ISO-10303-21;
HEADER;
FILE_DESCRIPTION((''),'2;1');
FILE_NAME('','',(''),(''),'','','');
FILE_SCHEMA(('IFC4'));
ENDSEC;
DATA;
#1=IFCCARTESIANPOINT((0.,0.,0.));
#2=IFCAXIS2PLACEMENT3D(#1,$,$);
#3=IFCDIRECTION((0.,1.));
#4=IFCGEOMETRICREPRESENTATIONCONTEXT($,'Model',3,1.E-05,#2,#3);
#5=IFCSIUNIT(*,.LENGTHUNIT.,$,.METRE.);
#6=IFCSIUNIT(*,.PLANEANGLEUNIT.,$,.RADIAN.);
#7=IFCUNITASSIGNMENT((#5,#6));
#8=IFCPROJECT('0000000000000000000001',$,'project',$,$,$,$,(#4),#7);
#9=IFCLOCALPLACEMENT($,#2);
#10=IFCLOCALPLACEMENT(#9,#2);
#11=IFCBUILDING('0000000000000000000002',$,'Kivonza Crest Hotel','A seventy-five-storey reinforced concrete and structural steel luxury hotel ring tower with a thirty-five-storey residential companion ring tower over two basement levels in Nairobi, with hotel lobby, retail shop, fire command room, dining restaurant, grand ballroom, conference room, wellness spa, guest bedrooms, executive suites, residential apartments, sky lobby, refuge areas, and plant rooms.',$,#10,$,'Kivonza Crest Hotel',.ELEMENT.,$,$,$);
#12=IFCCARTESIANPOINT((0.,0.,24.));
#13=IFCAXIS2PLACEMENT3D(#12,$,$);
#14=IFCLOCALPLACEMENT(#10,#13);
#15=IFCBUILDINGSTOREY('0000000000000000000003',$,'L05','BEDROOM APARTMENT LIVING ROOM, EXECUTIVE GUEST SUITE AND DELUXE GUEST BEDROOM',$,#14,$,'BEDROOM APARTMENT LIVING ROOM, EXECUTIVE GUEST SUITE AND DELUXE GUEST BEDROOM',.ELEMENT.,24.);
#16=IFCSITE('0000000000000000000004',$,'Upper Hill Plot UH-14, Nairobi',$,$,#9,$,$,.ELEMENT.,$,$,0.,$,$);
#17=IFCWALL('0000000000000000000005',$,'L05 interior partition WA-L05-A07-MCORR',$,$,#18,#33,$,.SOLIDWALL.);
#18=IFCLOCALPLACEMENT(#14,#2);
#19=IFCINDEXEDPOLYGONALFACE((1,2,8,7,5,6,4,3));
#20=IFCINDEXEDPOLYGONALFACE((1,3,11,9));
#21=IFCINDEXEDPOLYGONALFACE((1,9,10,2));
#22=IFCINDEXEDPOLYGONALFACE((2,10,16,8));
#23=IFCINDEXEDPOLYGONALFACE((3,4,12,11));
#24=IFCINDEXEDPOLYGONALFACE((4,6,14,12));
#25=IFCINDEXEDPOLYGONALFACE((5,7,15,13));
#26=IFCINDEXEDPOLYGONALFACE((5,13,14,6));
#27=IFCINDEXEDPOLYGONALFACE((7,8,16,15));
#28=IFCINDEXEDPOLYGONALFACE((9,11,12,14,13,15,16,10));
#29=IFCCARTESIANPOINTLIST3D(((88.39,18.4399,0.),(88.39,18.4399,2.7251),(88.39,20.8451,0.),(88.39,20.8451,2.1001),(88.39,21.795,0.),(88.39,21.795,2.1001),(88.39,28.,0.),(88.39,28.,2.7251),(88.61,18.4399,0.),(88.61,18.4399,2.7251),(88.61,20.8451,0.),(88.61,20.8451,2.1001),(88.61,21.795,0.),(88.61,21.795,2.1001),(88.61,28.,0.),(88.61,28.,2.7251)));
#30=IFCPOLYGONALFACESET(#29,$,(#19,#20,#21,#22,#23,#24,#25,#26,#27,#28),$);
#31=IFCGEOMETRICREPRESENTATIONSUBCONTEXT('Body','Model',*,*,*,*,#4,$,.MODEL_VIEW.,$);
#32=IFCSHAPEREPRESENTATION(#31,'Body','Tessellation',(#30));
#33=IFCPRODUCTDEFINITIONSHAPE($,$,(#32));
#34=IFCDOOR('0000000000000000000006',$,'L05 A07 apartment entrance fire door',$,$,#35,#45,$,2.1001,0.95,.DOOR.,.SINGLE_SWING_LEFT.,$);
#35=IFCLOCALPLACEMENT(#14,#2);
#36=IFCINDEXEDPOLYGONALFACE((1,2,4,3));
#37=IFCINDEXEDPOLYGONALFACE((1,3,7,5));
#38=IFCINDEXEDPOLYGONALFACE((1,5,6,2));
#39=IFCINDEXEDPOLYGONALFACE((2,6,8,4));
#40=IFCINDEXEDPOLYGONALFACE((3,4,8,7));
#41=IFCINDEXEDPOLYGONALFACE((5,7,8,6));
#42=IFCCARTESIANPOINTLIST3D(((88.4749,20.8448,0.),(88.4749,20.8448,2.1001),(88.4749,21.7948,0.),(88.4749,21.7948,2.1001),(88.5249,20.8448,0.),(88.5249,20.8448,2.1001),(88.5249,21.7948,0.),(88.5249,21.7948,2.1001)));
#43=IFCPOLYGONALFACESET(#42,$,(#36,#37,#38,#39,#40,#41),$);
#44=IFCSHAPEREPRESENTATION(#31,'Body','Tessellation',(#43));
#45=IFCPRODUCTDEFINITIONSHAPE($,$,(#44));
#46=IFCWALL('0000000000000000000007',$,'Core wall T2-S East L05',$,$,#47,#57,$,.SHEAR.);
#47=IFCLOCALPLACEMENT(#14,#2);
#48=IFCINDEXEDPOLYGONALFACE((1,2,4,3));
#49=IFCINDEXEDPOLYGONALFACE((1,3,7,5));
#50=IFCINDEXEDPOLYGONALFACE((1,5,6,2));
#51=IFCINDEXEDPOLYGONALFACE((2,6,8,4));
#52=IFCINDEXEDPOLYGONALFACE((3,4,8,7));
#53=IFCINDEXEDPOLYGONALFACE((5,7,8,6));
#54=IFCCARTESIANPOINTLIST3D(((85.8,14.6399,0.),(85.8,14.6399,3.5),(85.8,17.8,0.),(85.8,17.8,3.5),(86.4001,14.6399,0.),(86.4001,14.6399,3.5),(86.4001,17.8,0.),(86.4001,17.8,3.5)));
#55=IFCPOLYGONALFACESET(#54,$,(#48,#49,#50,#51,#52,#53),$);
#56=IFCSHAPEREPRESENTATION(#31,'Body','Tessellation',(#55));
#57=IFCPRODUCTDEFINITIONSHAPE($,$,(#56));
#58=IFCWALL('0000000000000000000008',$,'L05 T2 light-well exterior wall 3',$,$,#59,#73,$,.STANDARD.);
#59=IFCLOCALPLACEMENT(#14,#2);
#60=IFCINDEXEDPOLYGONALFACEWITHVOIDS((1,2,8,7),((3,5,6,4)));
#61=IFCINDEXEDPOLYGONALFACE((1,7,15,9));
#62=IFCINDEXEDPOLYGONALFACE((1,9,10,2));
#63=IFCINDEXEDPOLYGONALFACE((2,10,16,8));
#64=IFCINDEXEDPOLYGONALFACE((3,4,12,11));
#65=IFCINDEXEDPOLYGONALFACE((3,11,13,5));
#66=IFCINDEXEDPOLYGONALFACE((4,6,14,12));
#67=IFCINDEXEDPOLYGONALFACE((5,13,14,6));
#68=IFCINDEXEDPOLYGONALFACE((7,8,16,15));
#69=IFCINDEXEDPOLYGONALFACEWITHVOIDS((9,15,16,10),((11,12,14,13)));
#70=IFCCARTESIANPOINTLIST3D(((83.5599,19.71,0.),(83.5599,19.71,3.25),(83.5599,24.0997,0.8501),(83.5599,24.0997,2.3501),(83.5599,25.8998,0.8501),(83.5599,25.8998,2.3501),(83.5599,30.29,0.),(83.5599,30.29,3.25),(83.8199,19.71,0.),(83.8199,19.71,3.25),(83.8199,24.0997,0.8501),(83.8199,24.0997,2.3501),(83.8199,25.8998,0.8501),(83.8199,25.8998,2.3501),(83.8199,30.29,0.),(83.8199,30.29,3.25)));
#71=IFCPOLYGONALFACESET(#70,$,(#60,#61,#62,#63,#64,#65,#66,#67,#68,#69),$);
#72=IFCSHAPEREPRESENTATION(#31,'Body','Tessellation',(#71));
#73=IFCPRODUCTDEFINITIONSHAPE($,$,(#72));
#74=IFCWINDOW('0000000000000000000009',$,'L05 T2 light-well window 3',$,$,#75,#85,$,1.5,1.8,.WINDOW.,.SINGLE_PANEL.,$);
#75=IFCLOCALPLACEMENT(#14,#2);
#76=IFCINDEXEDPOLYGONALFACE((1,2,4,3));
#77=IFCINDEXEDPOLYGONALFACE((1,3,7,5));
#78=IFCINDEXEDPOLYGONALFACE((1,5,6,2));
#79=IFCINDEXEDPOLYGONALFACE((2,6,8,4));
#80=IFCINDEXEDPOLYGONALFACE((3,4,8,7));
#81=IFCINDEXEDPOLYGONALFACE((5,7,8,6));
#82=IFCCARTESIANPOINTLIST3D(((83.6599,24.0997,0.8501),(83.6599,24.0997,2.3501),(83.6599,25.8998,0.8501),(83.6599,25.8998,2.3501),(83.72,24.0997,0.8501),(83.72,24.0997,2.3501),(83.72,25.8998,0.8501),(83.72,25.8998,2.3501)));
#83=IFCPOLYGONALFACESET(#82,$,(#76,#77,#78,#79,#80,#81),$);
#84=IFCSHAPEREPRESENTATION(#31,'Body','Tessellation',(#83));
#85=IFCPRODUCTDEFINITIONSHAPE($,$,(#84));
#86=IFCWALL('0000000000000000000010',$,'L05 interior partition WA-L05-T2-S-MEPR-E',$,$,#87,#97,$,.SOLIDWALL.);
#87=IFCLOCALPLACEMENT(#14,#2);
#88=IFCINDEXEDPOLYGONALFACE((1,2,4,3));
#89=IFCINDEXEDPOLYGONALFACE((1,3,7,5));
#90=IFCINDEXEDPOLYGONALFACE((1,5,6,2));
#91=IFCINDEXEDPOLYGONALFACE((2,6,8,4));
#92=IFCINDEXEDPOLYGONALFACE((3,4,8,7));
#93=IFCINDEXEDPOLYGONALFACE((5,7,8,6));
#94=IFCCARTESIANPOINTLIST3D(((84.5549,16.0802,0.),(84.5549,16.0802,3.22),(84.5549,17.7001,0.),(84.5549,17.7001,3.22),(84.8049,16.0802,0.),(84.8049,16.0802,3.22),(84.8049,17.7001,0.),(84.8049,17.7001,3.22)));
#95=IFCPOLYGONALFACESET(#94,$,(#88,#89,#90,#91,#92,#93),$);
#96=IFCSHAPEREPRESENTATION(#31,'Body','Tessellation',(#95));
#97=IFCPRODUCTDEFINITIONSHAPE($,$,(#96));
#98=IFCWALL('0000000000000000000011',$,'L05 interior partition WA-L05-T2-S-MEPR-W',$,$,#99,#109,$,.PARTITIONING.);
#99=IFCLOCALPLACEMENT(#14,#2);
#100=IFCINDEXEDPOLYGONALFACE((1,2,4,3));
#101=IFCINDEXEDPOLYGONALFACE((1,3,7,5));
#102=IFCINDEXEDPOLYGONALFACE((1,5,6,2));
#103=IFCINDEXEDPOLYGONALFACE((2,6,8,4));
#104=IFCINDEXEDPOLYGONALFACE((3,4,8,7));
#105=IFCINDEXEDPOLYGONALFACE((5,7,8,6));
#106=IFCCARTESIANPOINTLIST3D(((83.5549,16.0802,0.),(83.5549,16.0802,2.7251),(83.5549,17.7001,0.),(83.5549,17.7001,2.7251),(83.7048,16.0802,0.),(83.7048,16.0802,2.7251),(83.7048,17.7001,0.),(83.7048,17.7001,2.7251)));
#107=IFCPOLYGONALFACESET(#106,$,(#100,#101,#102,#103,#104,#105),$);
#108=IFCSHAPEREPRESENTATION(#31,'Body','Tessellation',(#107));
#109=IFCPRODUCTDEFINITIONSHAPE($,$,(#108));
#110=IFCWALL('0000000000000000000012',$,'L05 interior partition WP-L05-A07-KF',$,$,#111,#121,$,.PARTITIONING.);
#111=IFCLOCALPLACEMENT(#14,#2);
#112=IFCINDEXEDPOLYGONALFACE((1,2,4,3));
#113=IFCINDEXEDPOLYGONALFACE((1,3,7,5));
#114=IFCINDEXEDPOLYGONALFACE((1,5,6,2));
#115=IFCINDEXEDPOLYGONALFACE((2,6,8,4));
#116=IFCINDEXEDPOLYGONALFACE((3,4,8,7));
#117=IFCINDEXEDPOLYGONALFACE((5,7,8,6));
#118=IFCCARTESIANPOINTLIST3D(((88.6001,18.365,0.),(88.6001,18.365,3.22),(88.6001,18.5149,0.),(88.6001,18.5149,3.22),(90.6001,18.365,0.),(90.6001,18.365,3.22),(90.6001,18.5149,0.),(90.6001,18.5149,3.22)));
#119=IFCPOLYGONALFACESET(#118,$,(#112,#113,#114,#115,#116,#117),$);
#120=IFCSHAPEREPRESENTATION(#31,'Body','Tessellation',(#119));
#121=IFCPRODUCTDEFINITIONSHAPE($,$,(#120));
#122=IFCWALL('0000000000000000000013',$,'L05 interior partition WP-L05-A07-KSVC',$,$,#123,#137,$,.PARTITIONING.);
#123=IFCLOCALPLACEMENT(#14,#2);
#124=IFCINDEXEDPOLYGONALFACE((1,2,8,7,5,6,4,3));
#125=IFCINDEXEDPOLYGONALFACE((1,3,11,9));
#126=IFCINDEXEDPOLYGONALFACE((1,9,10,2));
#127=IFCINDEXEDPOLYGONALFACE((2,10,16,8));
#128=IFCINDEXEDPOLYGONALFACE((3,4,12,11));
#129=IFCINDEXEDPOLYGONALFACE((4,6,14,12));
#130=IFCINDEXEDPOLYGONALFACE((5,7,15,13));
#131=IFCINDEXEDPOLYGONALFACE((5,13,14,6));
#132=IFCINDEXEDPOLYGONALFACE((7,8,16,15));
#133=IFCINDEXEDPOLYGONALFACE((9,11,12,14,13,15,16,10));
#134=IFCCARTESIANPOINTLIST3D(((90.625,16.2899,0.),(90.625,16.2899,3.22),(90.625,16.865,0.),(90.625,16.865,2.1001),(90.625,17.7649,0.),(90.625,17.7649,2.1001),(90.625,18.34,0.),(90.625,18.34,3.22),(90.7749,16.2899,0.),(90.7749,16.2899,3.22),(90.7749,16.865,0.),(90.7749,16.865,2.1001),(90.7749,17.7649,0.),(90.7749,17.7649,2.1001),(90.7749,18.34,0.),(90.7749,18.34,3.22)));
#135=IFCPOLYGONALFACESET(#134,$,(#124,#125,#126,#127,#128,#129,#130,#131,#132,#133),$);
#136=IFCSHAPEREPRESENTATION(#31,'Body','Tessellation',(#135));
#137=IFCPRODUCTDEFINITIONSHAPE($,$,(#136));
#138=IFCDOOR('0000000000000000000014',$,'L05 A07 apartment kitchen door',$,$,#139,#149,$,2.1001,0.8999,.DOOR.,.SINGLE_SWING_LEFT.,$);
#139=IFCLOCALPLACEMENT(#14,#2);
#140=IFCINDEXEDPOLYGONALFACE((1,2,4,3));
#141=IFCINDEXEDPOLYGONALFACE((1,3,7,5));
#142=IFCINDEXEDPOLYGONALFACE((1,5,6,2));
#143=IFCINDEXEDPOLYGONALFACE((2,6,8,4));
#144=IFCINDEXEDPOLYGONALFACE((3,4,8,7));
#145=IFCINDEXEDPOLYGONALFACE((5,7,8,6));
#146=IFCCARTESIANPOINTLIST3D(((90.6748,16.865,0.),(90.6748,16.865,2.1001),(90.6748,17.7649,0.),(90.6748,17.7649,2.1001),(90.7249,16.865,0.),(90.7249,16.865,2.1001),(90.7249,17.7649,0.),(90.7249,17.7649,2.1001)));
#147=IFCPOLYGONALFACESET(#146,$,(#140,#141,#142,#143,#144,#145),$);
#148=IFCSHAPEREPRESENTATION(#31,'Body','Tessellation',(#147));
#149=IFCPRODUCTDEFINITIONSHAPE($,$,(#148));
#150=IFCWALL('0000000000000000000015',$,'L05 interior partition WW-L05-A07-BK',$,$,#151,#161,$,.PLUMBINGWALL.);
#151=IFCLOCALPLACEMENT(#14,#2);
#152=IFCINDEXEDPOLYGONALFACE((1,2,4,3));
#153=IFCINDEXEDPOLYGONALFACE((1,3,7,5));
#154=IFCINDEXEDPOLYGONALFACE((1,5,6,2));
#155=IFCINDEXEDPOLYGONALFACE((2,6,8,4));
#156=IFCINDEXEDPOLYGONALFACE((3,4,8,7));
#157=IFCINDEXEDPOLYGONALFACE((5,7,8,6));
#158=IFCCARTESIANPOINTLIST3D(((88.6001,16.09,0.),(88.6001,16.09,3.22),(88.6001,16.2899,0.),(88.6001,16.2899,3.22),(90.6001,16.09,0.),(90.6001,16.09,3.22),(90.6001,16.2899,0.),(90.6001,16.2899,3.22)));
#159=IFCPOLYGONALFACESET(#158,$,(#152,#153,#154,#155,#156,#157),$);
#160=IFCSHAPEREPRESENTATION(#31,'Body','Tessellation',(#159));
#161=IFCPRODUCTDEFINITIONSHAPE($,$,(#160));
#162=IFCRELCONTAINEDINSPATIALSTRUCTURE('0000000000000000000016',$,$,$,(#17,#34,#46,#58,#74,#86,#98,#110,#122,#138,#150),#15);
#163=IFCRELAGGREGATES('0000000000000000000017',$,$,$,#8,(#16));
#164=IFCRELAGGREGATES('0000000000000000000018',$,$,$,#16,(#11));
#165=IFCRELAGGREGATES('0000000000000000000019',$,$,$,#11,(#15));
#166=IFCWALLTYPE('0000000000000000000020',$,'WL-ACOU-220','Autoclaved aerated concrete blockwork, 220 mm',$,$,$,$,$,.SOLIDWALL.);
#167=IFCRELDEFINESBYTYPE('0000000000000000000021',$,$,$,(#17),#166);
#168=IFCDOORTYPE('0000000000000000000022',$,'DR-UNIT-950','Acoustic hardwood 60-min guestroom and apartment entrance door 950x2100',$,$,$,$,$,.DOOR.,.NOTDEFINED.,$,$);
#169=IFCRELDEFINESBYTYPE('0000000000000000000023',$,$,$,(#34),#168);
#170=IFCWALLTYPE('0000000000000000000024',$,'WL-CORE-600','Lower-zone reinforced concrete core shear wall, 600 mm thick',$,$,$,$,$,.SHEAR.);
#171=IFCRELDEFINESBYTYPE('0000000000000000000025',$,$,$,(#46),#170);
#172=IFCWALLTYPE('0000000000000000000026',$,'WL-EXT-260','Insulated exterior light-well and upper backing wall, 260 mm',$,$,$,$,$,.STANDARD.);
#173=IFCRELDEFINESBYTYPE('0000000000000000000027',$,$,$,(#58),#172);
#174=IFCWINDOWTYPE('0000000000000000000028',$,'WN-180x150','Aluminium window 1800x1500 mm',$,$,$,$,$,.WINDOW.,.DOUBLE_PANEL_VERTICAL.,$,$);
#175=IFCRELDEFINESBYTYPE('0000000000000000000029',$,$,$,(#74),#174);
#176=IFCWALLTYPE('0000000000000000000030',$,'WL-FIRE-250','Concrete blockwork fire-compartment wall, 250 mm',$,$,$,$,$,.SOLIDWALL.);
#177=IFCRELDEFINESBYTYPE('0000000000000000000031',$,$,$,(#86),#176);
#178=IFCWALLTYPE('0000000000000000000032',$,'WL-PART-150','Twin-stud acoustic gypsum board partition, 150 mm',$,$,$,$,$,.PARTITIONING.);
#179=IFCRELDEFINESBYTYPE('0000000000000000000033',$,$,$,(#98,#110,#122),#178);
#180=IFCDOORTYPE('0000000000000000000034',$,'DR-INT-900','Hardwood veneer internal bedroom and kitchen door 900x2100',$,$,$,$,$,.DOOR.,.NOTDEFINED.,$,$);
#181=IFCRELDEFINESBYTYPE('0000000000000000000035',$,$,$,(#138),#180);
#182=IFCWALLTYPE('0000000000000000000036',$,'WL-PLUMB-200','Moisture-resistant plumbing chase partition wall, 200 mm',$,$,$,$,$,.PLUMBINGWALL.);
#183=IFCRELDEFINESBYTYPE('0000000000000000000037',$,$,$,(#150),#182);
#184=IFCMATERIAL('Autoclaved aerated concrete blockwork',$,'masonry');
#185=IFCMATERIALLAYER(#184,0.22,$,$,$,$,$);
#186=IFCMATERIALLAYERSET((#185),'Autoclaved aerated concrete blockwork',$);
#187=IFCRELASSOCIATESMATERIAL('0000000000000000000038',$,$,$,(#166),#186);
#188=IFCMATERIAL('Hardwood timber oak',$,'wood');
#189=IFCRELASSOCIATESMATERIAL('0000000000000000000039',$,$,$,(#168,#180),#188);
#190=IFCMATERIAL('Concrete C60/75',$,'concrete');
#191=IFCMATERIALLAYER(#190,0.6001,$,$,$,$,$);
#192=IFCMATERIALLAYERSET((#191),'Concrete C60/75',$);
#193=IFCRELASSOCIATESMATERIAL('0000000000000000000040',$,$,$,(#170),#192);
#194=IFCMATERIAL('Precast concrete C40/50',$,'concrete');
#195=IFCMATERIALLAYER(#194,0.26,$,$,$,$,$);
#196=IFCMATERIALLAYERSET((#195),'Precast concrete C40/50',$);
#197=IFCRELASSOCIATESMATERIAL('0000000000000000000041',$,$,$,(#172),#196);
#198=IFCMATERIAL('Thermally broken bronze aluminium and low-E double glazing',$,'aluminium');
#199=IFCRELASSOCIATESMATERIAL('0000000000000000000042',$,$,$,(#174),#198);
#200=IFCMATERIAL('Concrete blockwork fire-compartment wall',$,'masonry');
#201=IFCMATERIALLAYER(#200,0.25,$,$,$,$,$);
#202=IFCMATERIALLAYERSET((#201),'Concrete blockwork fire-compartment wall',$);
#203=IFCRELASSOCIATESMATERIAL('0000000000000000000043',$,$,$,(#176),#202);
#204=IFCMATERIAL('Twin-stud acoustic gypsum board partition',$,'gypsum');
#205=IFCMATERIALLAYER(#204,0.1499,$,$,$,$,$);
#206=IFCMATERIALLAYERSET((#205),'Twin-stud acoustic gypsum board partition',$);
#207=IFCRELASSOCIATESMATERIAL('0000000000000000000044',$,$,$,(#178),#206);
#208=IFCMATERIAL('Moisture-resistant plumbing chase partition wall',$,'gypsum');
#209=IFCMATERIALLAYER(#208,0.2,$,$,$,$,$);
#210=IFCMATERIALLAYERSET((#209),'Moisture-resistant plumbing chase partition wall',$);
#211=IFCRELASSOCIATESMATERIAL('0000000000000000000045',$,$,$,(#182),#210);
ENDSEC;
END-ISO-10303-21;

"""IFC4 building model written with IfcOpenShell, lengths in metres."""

from ifc_helpers import new_model, si_unit, direction, frame, frame_2d, origin, place, context, subcontext, project, spatial, rectangle, extrude, material, layer, layer_set, type_object, element, fill, save


model = new_model("IFC4")

# Units and contexts
model_context = context("Model", 3, precision=1e-05, world=origin(), true_north=direction((0.0, 1.0)))
body_context = subcontext(model_context, "Body", "Model", "MODEL_VIEW")
ifc_project = project(units=[si_unit("LENGTHUNIT", "METRE"), si_unit("PLANEANGLEUNIT", "RADIAN")], contexts=[model_context])

# Site, building, storey
site_placement = place(None, origin())
site = spatial("IfcSite", under=ifc_project, at=site_placement, Name="Upper Hill Plot UH-14, Nairobi", CompositionType="ELEMENT", RefElevation=0.0)
building_placement = place(site_placement, origin())
building = spatial("IfcBuilding", under=site, at=building_placement, Name="Kivonza Crest Hotel", Description="A seventy-five-storey reinforced concrete and structural steel luxury hotel ring tower with a thirty-five-storey residential companion ring tower over two basement levels in Nairobi, with hotel lobby, retail shop, fire command room, dining restaurant, grand ballroom, conference room, wellness spa, guest bedrooms, executive suites, residential apartments, sky lobby, refuge areas, and plant rooms.", LongName="Kivonza Crest Hotel", CompositionType="ELEMENT")
storey_placement = place(building_placement, frame((0.0, 0.0, 24.0)))
storey = spatial("IfcBuildingStorey", under=building, at=storey_placement, Name="L05", Description="BEDROOM APARTMENT LIVING ROOM, EXECUTIVE GUEST SUITE AND DELUXE GUEST BEDROOM", LongName="BEDROOM APARTMENT LIVING ROOM, EXECUTIVE GUEST SUITE AND DELUXE GUEST BEDROOM", CompositionType="ELEMENT", Elevation=24.0)

# Wall, opening, door
ifc_material_1 = material(Name="Autoclaved aerated concrete blockwork", Category="masonry")
ifc_layer_1 = layer(ifc_material_1, 0.22)
ifc_layer_set_1 = layer_set([ifc_layer_1], Name="Autoclaved aerated concrete blockwork")
wall_type_1 = type_object("IfcWallType", Name="WL-ACOU-220", Description="Autoclaved aerated concrete blockwork, 220 mm", PredefinedType="SOLIDWALL", material=ifc_layer_set_1)
wall_1_placement = place(storey_placement, frame((88.5, 18.4399, 0.0), z_axis=(0.0, 0.0, 1.0), x_axis=(0.0, 1.0, 0.0)))
wall_1 = element("IfcWall", 1, at=wall_1_placement, inside=storey, type_object=wall_type_1, Name="L05 interior partition WA-L05-A07-MCORR", PredefinedType="SOLIDWALL", context=body_context, shape_type="SweptSolid", body=[
    extrude(rectangle(XDim=9.5601, YDim=0.22, at=frame_2d((4.78, 0.0))), origin(), (0.0, 0.0, 1.0), 2.7251),
])
opening_1_placement = place(wall_1_placement, frame((2.405, 0.0, 0.0)))
opening_1 = element("IfcOpeningElement", 2, at=opening_1_placement, cuts=wall_1, PredefinedType="OPENING", context=body_context, shape_type="SweptSolid", body=[
    extrude(rectangle(XDim=0.95, YDim=2.1001, at=frame_2d((0.4751, 1.05))), frame((0.0, 0.1201, 0.0), z_axis=(0.0, -1.0, 0.0), x_axis=(1.0, 0.0, 0.0)), (0.0, 0.0, 1.0), 0.24),
])
ifc_material_2 = material(Name="Hardwood timber oak", Category="wood")
door_type_1 = type_object("IfcDoorType", Name="DR-UNIT-950", Description="Acoustic hardwood 60-min guestroom and apartment entrance door 950x2100", OperationType="NOTDEFINED", PredefinedType="DOOR", material=ifc_material_2)
door_1_placement = place(opening_1_placement, frame((0.95, 0.0, 0.0), z_axis=(0.0, 0.0, 1.0), x_axis=(-1.0, 0.0, 0.0)))
door_1 = element("IfcDoor", 3, at=door_1_placement, inside=storey, type_object=door_type_1, Name="L05 A07 apartment entrance fire door", OperationType="SINGLE_SWING_LEFT", OverallHeight=2.1001, OverallWidth=0.95, PredefinedType="DOOR", context=body_context, shape_type="SweptSolid", body=[
    extrude(rectangle(XDim=0.95, YDim=2.1001, at=frame_2d((0.4751, 1.05))), frame((0.0, 0.0249, 0.0), z_axis=(0.0, -1.0, 0.0), x_axis=(1.0, 0.0, 0.0)), (0.0, 0.0, 1.0), 0.05),
])
fill(opening_1, door_1)

# Wall
ifc_material_3 = material(Name="Concrete C60/75", Category="concrete")
ifc_layer_2 = layer(ifc_material_3, 0.6001)
ifc_layer_set_2 = layer_set([ifc_layer_2], Name="Concrete C60/75")
wall_type_2 = type_object("IfcWallType", Name="WL-CORE-600", Description="Lower-zone reinforced concrete core shear wall, 600 mm thick", PredefinedType="SHEAR", material=ifc_layer_set_2)
wall_2_placement = place(storey_placement, frame((86.1001, 14.6399, 0.0), z_axis=(0.0, 0.0, 1.0), x_axis=(0.0, 1.0, 0.0)))
element("IfcWall", 4, at=wall_2_placement, inside=storey, type_object=wall_type_2, Name="Core wall T2-S East L05", PredefinedType="SHEAR", context=body_context, shape_type="SweptSolid", body=[
    extrude(rectangle(XDim=3.1602, YDim=0.6001, at=frame_2d((1.5801, 0.0))), origin(), (0.0, 0.0, 1.0), 3.5),
])

# Wall, opening, window
ifc_material_4 = material(Name="Precast concrete C40/50", Category="concrete")
ifc_layer_3 = layer(ifc_material_4, 0.26)
ifc_layer_set_3 = layer_set([ifc_layer_3], Name="Precast concrete C40/50")
wall_type_3 = type_object("IfcWallType", Name="WL-EXT-260", Description="Insulated exterior light-well and upper backing wall, 260 mm", PredefinedType="STANDARD", material=ifc_layer_set_3)
wall_3_placement = place(storey_placement, frame((83.6899, 19.71, 0.0), z_axis=(0.0, 0.0, 1.0), x_axis=(0.0, 1.0, 0.0)))
wall_3 = element("IfcWall", 5, at=wall_3_placement, inside=storey, type_object=wall_type_3, Name="L05 T2 light-well exterior wall 3", PredefinedType="STANDARD", context=body_context, shape_type="SweptSolid", body=[
    extrude(rectangle(XDim=10.5801, YDim=0.26, at=frame_2d((5.29, 0.0))), origin(), (0.0, 0.0, 1.0), 3.25),
])
opening_2_placement = place(wall_3_placement, frame((4.3899, 0.0, 0.8501)))
opening_2 = element("IfcOpeningElement", 6, at=opening_2_placement, cuts=wall_3, PredefinedType="OPENING", context=body_context, shape_type="SweptSolid", body=[
    extrude(rectangle(XDim=1.8, YDim=1.5, at=frame_2d((0.8999, 0.75))), frame((0.0, 0.1401, 0.0), z_axis=(0.0, -1.0, 0.0), x_axis=(1.0, 0.0, 0.0)), (0.0, 0.0, 1.0), 0.28),
])
ifc_material_5 = material(Name="Thermally broken bronze aluminium and low-E double glazing", Category="aluminium")
window_type = type_object("IfcWindowType", Name="WN-180x150", Description="Aluminium window 1800x1500 mm", PartitioningType="DOUBLE_PANEL_VERTICAL", PredefinedType="WINDOW", material=ifc_material_5)
window_placement = place(opening_2_placement, origin())
window = element("IfcWindow", 7, at=window_placement, inside=storey, type_object=window_type, Name="L05 T2 light-well window 3", OverallHeight=1.5, OverallWidth=1.8, PartitioningType="SINGLE_PANEL", PredefinedType="WINDOW", context=body_context, shape_type="SweptSolid", body=[
    extrude(rectangle(XDim=1.8, YDim=1.5, at=frame_2d((0.8999, 0.75))), frame((0.0, 0.03, 0.0), z_axis=(0.0, -1.0, 0.0), x_axis=(1.0, 0.0, 0.0)), (0.0, 0.0, 1.0), 0.0601),
])
fill(opening_2, window)

# Walls
ifc_material_6 = material(Name="Concrete blockwork fire-compartment wall", Category="masonry")
ifc_layer_4 = layer(ifc_material_6, 0.25)
ifc_layer_set_4 = layer_set([ifc_layer_4], Name="Concrete blockwork fire-compartment wall")
wall_type_4 = type_object("IfcWallType", Name="WL-FIRE-250", Description="Concrete blockwork fire-compartment wall, 250 mm", PredefinedType="SOLIDWALL", material=ifc_layer_set_4)
wall_4_placement = place(storey_placement, frame((84.6799, 16.0801, 0.0), z_axis=(0.0, 0.0, 1.0), x_axis=(0.0, 1.0, 0.0)))
element("IfcWall", 8, at=wall_4_placement, inside=storey, type_object=wall_type_4, Name="L05 interior partition WA-L05-T2-S-MEPR-E", PredefinedType="SOLIDWALL", context=body_context, shape_type="SweptSolid", body=[
    extrude(rectangle(XDim=1.6199, YDim=0.25, at=frame_2d((0.8101, 0.0))), origin(), (0.0, 0.0, 1.0), 3.22),
])
ifc_material_7 = material(Name="Twin-stud acoustic gypsum board partition", Category="gypsum")
ifc_layer_5 = layer(ifc_material_7, 0.1499)
ifc_layer_set_5 = layer_set([ifc_layer_5], Name="Twin-stud acoustic gypsum board partition")
wall_type_5 = type_object("IfcWallType", Name="WL-PART-150", Description="Twin-stud acoustic gypsum board partition, 150 mm", PredefinedType="PARTITIONING", material=ifc_layer_set_5)
wall_5_placement = place(storey_placement, frame((83.6299, 16.0801, 0.0), z_axis=(0.0, 0.0, 1.0), x_axis=(0.0, 1.0, 0.0)))
element("IfcWall", 9, at=wall_5_placement, inside=storey, type_object=wall_type_5, Name="L05 interior partition WA-L05-T2-S-MEPR-W", PredefinedType="PARTITIONING", context=body_context, shape_type="SweptSolid", body=[
    extrude(rectangle(XDim=1.6199, YDim=0.1499, at=frame_2d((0.8101, 0.0))), origin(), (0.0, 0.0, 1.0), 2.7251),
])
wall_6_placement = place(storey_placement, frame((88.6001, 18.4399, 0.0), z_axis=(0.0, 0.0, 1.0), x_axis=(1.0, 0.0, 0.0)))
element("IfcWall", 10, at=wall_6_placement, inside=storey, type_object=wall_type_5, Name="L05 interior partition WP-L05-A07-KF", PredefinedType="PARTITIONING", context=body_context, shape_type="SweptSolid", body=[
    extrude(rectangle(XDim=2.0, YDim=0.1499, at=frame_2d((1.0, 0.0))), origin(), (0.0, 0.0, 1.0), 3.22),
])

# Wall, opening, door
wall_7_placement = place(storey_placement, frame((90.7, 16.29, 0.0), z_axis=(0.0, 0.0, 1.0), x_axis=(0.0, 1.0, 0.0)))
wall_7 = element("IfcWall", 11, at=wall_7_placement, inside=storey, type_object=wall_type_5, Name="L05 interior partition WP-L05-A07-KSVC", PredefinedType="PARTITIONING", context=body_context, shape_type="SweptSolid", body=[
    extrude(rectangle(XDim=2.05, YDim=0.1499, at=frame_2d((1.0249, 0.0))), origin(), (0.0, 0.0, 1.0), 3.22),
])
opening_3_placement = place(wall_7_placement, frame((0.575, 0.0, 0.0)))
opening_3 = element("IfcOpeningElement", 12, at=opening_3_placement, cuts=wall_7, PredefinedType="OPENING", context=body_context, shape_type="SweptSolid", body=[
    extrude(rectangle(XDim=0.8999, YDim=2.1001, at=frame_2d((0.45, 1.05))), frame((0.0, 0.085, 0.0), z_axis=(0.0, -1.0, 0.0), x_axis=(1.0, 0.0, 0.0)), (0.0, 0.0, 1.0), 0.1699),
])
door_type_2 = type_object("IfcDoorType", Name="DR-INT-900", Description="Hardwood veneer internal bedroom and kitchen door 900x2100", OperationType="NOTDEFINED", PredefinedType="DOOR", material=ifc_material_2)
door_2_placement = place(opening_3_placement, frame((0.8999, 0.0, 0.0), z_axis=(0.0, 0.0, 1.0), x_axis=(-1.0, 0.0, 0.0)))
door_2 = element("IfcDoor", 13, at=door_2_placement, inside=storey, type_object=door_type_2, Name="L05 A07 apartment kitchen door", OperationType="SINGLE_SWING_LEFT", OverallHeight=2.1001, OverallWidth=0.8999, PredefinedType="DOOR", context=body_context, shape_type="SweptSolid", body=[
    extrude(rectangle(XDim=0.8999, YDim=2.1001, at=frame_2d((0.45, 1.05))), frame((0.0, 0.0249, 0.0), z_axis=(0.0, -1.0, 0.0), x_axis=(1.0, 0.0, 0.0)), (0.0, 0.0, 1.0), 0.05),
])
fill(opening_3, door_2)

# Wall
ifc_material_8 = material(Name="Moisture-resistant plumbing chase partition wall", Category="gypsum")
ifc_layer_6 = layer(ifc_material_8, 0.2)
ifc_layer_set_6 = layer_set([ifc_layer_6], Name="Moisture-resistant plumbing chase partition wall")
wall_type_6 = type_object("IfcWallType", Name="WL-PLUMB-200", Description="Moisture-resistant plumbing chase partition wall, 200 mm", PredefinedType="PLUMBINGWALL", material=ifc_layer_set_6)
wall_8_placement = place(storey_placement, frame((88.6001, 16.1899, 0.0), z_axis=(0.0, 0.0, 1.0), x_axis=(1.0, 0.0, 0.0)))
element("IfcWall", 14, at=wall_8_placement, inside=storey, type_object=wall_type_6, Name="L05 interior partition WW-L05-A07-BK", PredefinedType="PLUMBINGWALL", context=body_context, shape_type="SweptSolid", body=[
    extrude(rectangle(XDim=2.0, YDim=0.2, at=frame_2d((1.0, 0.0))), origin(), (0.0, 0.0, 1.0), 3.22),
])

save(model, "model.ifc")
